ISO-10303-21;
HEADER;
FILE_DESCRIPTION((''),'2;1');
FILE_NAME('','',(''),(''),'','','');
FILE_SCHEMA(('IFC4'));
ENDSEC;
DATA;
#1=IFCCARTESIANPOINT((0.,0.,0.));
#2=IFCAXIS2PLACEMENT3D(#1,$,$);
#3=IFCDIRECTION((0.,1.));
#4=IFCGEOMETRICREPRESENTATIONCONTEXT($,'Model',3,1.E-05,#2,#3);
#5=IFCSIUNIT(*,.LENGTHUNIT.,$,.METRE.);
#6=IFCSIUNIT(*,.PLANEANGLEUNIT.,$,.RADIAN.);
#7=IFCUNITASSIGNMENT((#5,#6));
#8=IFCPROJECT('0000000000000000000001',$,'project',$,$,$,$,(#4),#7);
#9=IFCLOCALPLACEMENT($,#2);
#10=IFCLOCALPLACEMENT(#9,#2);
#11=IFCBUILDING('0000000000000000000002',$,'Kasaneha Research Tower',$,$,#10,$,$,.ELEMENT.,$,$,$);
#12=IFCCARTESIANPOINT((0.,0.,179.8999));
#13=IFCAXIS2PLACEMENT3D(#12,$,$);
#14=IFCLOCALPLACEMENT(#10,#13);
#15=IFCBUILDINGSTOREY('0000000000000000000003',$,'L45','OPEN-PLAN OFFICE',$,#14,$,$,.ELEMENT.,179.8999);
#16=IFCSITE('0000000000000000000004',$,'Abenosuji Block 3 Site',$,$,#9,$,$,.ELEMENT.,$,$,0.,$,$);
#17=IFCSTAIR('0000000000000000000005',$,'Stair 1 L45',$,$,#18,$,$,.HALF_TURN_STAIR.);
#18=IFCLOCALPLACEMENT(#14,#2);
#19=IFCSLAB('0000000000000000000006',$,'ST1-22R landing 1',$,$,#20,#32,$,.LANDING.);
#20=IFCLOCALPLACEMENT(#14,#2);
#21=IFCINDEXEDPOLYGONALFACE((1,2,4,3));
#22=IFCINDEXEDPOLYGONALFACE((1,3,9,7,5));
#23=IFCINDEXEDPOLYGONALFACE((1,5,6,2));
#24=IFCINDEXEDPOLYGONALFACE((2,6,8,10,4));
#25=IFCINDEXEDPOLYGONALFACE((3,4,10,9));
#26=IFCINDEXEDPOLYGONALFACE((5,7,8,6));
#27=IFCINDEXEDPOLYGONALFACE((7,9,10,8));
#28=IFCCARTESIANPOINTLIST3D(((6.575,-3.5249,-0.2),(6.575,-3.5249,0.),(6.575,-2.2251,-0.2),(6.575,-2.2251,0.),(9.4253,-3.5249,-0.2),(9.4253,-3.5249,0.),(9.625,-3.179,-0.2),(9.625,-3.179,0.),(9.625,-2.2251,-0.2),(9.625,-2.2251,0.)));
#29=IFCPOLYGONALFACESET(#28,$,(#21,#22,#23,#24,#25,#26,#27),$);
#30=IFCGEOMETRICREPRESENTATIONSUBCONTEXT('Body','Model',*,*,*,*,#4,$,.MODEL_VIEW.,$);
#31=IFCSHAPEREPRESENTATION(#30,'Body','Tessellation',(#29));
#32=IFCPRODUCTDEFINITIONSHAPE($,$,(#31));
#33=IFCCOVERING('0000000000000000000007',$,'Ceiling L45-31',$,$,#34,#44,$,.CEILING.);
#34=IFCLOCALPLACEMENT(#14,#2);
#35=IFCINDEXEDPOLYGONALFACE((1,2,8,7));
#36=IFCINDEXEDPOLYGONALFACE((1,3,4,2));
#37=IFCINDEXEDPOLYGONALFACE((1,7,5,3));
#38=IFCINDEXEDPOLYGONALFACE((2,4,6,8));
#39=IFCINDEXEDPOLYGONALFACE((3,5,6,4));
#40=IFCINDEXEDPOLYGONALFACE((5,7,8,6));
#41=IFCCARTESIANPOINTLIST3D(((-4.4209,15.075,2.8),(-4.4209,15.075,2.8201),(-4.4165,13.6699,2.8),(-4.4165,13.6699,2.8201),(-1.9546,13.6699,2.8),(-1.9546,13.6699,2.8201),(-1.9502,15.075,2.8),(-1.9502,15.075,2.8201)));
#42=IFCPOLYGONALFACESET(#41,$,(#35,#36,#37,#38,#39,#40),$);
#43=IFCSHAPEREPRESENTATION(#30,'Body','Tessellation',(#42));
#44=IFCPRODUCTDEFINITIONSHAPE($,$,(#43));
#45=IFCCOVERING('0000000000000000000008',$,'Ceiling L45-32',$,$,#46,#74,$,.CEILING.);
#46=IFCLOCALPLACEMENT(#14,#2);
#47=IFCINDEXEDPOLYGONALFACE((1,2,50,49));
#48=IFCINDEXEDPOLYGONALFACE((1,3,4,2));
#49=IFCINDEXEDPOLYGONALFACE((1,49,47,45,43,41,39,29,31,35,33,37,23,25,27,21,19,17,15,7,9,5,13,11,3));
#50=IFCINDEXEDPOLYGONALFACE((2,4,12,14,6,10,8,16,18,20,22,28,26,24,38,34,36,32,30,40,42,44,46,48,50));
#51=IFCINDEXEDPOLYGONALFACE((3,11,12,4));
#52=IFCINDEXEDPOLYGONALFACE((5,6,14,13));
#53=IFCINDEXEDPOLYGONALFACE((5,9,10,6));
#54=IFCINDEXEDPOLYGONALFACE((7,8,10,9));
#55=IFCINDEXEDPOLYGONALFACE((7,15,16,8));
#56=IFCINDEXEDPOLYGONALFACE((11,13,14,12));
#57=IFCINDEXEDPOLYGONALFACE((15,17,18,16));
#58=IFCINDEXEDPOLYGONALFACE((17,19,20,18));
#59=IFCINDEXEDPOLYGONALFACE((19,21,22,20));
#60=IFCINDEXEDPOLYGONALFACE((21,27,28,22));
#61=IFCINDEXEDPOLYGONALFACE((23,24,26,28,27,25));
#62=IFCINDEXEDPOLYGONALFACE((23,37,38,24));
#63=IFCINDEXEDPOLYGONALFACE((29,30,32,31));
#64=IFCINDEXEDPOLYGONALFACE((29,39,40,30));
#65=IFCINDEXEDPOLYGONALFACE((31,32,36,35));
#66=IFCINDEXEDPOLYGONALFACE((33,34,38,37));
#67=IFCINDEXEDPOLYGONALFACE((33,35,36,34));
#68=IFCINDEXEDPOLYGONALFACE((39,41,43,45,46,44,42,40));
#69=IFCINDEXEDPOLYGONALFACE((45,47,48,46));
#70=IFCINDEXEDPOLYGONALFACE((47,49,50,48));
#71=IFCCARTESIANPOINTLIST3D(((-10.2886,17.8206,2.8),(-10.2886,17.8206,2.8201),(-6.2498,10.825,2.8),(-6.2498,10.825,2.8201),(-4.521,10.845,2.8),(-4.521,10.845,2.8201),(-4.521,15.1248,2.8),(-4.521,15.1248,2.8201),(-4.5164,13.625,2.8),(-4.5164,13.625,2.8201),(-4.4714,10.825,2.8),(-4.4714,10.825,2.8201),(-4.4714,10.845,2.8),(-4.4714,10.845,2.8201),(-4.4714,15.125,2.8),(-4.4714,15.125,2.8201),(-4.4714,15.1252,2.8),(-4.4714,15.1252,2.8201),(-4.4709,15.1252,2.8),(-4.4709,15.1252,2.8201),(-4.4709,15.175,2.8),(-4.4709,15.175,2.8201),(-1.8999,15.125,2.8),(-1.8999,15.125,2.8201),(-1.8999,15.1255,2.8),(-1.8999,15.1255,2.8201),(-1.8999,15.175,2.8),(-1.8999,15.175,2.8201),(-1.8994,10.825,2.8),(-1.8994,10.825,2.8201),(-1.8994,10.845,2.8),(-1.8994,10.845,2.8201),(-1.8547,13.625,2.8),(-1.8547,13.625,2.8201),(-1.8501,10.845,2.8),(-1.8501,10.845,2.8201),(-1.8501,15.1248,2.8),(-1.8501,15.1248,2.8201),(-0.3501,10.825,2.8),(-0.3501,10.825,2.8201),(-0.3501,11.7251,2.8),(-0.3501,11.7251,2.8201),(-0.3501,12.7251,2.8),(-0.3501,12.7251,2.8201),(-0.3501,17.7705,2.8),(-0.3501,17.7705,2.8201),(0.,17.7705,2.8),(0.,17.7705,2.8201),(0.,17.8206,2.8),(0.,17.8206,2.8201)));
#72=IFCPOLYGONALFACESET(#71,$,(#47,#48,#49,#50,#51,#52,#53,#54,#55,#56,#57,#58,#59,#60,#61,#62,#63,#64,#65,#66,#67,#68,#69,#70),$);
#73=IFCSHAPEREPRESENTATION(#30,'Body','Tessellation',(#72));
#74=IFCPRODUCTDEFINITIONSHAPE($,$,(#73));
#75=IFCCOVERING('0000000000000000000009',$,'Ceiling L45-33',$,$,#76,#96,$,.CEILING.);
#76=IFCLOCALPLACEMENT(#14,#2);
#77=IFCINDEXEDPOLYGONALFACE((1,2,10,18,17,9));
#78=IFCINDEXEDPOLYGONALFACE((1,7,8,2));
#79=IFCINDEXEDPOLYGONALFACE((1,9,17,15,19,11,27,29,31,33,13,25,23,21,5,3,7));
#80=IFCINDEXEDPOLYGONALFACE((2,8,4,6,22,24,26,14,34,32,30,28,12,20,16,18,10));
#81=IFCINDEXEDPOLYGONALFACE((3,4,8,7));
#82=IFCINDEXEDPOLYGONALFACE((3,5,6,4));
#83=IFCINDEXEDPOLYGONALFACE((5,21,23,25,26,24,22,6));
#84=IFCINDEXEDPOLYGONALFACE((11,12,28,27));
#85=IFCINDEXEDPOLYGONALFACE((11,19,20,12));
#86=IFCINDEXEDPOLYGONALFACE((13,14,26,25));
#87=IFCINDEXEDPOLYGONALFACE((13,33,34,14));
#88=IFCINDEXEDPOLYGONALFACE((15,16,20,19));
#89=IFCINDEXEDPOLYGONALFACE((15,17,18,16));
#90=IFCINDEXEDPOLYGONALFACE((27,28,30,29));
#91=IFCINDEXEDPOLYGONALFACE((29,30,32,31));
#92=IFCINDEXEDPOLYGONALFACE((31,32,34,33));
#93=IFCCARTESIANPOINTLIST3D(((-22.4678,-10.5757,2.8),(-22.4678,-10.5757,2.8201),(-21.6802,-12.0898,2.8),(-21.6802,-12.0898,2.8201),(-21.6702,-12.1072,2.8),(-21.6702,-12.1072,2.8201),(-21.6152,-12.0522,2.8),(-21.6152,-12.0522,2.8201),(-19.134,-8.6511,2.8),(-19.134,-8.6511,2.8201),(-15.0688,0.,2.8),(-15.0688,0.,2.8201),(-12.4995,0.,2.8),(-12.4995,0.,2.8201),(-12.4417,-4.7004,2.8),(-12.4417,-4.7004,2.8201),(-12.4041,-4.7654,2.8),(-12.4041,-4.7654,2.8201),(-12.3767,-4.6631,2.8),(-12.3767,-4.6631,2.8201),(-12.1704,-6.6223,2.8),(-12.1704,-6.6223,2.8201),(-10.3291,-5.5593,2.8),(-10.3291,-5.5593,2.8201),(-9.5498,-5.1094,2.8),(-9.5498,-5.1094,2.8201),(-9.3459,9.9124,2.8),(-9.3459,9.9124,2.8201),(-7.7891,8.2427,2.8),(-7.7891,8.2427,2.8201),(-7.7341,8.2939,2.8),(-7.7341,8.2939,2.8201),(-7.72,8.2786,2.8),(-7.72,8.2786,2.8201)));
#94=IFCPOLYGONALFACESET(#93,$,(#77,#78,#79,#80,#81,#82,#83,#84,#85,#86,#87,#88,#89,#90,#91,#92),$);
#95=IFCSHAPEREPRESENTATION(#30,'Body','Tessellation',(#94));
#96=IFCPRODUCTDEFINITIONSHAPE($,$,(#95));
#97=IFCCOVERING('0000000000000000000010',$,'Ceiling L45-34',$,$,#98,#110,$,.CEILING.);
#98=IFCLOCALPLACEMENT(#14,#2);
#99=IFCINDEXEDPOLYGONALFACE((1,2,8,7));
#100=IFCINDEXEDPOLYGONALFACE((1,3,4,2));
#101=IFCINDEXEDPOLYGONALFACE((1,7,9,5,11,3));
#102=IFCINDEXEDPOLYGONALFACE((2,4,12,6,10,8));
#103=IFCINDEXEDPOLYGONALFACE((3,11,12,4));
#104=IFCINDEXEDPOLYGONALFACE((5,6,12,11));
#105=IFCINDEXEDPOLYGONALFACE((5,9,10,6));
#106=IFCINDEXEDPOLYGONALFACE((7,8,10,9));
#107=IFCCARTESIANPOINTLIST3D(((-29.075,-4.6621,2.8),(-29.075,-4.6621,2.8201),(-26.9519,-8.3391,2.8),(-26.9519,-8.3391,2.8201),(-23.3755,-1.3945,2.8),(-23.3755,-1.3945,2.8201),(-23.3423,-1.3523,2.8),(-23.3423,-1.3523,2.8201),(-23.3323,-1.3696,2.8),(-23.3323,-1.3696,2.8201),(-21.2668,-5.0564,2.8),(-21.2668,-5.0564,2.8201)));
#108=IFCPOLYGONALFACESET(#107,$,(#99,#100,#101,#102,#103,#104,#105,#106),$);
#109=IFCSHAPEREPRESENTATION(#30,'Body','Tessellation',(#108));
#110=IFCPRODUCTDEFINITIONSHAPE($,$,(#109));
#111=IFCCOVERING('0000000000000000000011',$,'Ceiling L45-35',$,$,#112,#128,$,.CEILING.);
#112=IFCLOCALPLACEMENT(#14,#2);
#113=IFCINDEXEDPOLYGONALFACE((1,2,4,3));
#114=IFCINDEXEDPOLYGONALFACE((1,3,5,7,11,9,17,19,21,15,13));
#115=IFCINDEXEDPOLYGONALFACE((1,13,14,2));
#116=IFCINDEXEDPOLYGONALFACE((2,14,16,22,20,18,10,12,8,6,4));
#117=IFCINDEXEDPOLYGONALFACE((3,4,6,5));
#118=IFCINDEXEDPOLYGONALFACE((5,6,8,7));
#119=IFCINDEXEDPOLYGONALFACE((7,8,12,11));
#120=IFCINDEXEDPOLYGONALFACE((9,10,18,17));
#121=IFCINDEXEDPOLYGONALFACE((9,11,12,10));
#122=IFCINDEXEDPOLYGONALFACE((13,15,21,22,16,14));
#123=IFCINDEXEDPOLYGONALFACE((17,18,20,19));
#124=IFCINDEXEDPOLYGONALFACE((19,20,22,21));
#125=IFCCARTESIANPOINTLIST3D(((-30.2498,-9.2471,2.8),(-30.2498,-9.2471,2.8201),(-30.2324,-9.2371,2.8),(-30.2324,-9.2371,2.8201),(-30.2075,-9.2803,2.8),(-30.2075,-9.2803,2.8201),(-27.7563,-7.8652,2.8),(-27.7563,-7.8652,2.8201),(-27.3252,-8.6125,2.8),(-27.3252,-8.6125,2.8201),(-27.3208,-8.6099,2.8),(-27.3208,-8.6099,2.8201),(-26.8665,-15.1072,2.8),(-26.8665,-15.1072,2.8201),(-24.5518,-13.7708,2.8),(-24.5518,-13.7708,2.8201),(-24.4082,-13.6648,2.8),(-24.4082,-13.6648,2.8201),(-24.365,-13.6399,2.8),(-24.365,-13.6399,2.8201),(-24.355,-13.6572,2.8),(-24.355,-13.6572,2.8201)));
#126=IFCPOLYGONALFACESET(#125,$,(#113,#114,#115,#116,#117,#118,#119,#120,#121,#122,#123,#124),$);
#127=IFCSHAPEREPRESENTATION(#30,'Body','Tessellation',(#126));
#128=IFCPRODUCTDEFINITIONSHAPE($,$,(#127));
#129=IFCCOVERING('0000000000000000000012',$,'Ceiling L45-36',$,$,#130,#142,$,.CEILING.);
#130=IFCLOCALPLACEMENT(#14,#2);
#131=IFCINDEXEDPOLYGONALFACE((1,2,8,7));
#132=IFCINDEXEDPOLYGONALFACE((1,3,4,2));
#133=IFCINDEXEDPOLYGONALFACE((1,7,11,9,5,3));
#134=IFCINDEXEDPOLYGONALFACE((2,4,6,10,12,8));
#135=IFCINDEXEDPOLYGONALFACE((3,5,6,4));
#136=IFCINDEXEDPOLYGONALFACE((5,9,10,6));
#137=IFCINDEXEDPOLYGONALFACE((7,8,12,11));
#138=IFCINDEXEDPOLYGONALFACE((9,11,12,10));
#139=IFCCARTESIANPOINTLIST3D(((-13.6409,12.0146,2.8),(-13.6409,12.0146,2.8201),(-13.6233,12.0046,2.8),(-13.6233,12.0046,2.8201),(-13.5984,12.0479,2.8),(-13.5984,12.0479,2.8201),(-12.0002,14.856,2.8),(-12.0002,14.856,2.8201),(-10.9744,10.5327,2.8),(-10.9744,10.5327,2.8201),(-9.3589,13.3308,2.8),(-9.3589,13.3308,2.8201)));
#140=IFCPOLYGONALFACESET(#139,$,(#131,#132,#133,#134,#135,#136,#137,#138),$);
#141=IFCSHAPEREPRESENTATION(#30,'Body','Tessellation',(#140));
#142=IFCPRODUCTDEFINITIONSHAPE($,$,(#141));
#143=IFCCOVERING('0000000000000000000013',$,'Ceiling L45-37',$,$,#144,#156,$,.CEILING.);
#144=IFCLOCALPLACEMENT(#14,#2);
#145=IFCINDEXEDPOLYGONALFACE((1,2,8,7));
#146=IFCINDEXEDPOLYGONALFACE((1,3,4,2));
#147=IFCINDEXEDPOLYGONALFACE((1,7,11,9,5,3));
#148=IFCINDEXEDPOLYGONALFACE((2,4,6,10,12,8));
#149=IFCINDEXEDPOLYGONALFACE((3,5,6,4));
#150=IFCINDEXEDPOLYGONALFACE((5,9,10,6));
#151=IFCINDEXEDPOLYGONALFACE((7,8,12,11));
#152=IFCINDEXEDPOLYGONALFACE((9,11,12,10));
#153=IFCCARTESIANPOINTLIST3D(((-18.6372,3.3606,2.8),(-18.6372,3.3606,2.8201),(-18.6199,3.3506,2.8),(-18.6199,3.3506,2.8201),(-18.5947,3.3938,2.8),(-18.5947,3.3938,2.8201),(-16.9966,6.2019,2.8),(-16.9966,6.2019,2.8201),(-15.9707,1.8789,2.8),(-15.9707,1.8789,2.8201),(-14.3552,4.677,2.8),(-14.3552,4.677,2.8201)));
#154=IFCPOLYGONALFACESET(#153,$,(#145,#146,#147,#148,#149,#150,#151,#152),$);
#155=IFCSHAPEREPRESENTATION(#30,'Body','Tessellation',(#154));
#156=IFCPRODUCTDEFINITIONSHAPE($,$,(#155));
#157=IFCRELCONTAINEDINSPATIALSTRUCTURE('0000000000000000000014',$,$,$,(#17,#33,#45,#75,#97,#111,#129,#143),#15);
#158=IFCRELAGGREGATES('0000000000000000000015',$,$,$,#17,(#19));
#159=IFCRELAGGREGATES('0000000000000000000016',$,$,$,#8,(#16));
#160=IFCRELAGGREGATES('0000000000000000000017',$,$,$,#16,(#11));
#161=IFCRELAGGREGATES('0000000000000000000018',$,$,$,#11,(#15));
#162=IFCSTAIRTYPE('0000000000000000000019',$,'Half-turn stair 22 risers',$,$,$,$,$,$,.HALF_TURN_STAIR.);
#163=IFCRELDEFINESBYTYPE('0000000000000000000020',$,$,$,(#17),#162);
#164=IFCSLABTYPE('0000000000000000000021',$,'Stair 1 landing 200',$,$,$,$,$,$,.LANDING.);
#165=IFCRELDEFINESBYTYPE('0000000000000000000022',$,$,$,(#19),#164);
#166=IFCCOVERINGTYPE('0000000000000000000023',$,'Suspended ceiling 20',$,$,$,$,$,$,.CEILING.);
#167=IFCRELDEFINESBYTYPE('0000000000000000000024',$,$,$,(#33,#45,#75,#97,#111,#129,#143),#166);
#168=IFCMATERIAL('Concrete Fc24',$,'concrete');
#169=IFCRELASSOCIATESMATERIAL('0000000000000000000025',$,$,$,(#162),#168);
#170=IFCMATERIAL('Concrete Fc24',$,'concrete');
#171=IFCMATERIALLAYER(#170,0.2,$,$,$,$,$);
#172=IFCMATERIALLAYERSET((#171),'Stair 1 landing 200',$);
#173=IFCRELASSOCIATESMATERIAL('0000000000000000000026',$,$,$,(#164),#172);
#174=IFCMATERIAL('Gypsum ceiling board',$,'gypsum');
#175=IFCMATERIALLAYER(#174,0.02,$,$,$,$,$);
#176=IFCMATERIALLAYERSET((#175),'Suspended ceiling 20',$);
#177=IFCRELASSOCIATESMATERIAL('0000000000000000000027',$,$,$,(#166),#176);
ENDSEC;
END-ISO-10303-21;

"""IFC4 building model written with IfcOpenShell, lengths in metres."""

from ifc_helpers import new_model, si_unit, direction, frame, origin, place, context, subcontext, project, spatial, polyline, outline, extrude, material, layer, layer_set, type_object, element, aggregate, save


model = new_model("IFC4")

# Units and contexts
model_context = context("Model", 3, precision=1e-05, world=origin(), true_north=direction((0.0, 1.0)))
body_context = subcontext(model_context, "Body", "Model", "MODEL_VIEW")
ifc_project = project(units=[si_unit("LENGTHUNIT", "METRE"), si_unit("PLANEANGLEUNIT", "RADIAN")], contexts=[model_context])

# Site, building, storey
site_placement = place(None, origin())
site = spatial("IfcSite", under=ifc_project, at=site_placement, Name="Abenosuji Block 3 Site", CompositionType="ELEMENT", RefElevation=0.0)
building_placement = place(site_placement, origin())
building = spatial("IfcBuilding", under=site, at=building_placement, Name="Kasaneha Research Tower", CompositionType="ELEMENT")
storey_placement = place(building_placement, frame((0.0, 0.0, 179.8999)))
storey = spatial("IfcBuildingStorey", under=building, at=storey_placement, Name="L45", Description="OPEN-PLAN OFFICE", CompositionType="ELEMENT", Elevation=179.8999)

# Stair, slab
ifc_material_1 = material(Name="Concrete Fc24", Category="concrete")
stair_type = type_object("IfcStairType", Name="Half-turn stair 22 risers", PredefinedType="HALF_TURN_STAIR", material=ifc_material_1)
stair_placement = place(storey_placement, origin())
stair = element("IfcStair", 1, at=stair_placement, inside=storey, type_object=stair_type, Name="Stair 1 L45", PredefinedType="HALF_TURN_STAIR")
ifc_material_2 = material(Name="Concrete Fc24", Category="concrete")
ifc_layer_1 = layer(ifc_material_2, 0.2)
ifc_layer_set_1 = layer_set([ifc_layer_1], Name="Stair 1 landing 200")
slab_type = type_object("IfcSlabType", Name="Stair 1 landing 200", PredefinedType="LANDING", material=ifc_layer_set_1)
slab_placement = place(storey_placement, frame((0.0, 0.0, -0.2)))
slab = element("IfcSlab", 2, at=slab_placement, type_object=slab_type, Name="ST1-22R landing 1", PredefinedType="LANDING", context=body_context, shape_type="SweptSolid", body=[
    extrude(outline(polyline([(9.4253, -3.5249), (6.575, -3.5249), (6.575, -2.2251), (9.625, -2.2251), (9.625, -3.179), (9.4253, -3.5249)])), origin(), (0.0, 0.0, 1.0), 0.2),
])
aggregate(stair, [slab])

# Coverings
ifc_material_3 = material(Name="Gypsum ceiling board", Category="gypsum")
ifc_layer_2 = layer(ifc_material_3, 0.02)
ifc_layer_set_2 = layer_set([ifc_layer_2], Name="Suspended ceiling 20")
covering_type_1 = type_object("IfcCoveringType", Name="Suspended ceiling 20", PredefinedType="CEILING", material=ifc_layer_set_2)
covering_1_placement = place(storey_placement, frame((0.0, 0.0, 2.8)))
element("IfcCovering", 3, at=covering_1_placement, inside=storey, type_object=covering_type_1, Name="Ceiling L45-31", PredefinedType="CEILING", context=body_context, shape_type="SweptSolid", body=[
    extrude(outline(polyline([(-1.9502, 15.075), (-1.9546, 13.6699), (-4.4165, 13.6699), (-4.4209, 15.075), (-1.9502, 15.075)])), origin(), (0.0, 0.0, 1.0), 0.02),
])
covering_2_placement = place(storey_placement, frame((0.0, 0.0, 2.8)))
element("IfcCovering", 4, at=covering_2_placement, inside=storey, type_object=covering_type_1, Name="Ceiling L45-32", PredefinedType="CEILING", context=body_context, shape_type="SweptSolid", body=[
    extrude(outline(polyline([(-0.3501, 11.7251), (-0.3501, 10.825), (-1.8994, 10.825), (-1.8994, 10.845), (-1.8501, 10.845), (-1.8547, 13.625), (-1.8501, 15.1248), (-1.8999, 15.125), (-1.8999, 15.1255), (-1.8999, 15.175), (-4.4709, 15.175), (-4.4709, 15.1252), (-4.4714, 15.1252), (-4.4714, 15.125), (-4.521, 15.1248), (-4.5164, 13.625), (-4.521, 10.845), (-4.4714, 10.845), (-4.4714, 10.825), (-6.2498, 10.825), (-10.2886, 17.8206), (0.0, 17.8206), (0.0, 17.7705), (-0.3501, 17.7705), (-0.3501, 17.7705), (-0.3501, 12.7251), (-0.3501, 11.7251)])), origin(), (0.0, 0.0, 1.0), 0.02),
])
covering_3_placement = place(storey_placement, frame((0.0, 0.0, 2.8)))
element("IfcCovering", 5, at=covering_3_placement, inside=storey, type_object=covering_type_1, Name="Ceiling L45-33", PredefinedType="CEILING", context=body_context, shape_type="SweptSolid", body=[
    extrude(outline(polyline([(-9.5498, -5.1094), (-10.3291, -5.5593), (-10.3291, -5.5593), (-12.1704, -6.6223), (-21.6702, -12.1072), (-21.6802, -12.0898), (-21.6152, -12.0522), (-22.4678, -10.5757), (-19.134, -8.6511), (-19.134, -8.6511), (-12.4041, -4.7654), (-12.4417, -4.7004), (-12.3767, -4.6631), (-15.0688, 0.0), (-9.3459, 9.9124), (-7.7891, 8.2427), (-7.7341, 8.2939), (-7.72, 8.2786), (-12.4995, 0.0), (-9.5498, -5.1094)])), origin(), (0.0, 0.0, 1.0), 0.02),
])
covering_4_placement = place(storey_placement, frame((0.0, 0.0, 2.8)))
element("IfcCovering", 6, at=covering_4_placement, inside=storey, type_object=covering_type_1, Name="Ceiling L45-34", PredefinedType="CEILING", context=body_context, shape_type="SweptSolid", body=[
    extrude(outline(polyline([(-23.3323, -1.3696), (-23.3755, -1.3945), (-21.2668, -5.0564), (-26.9519, -8.3391), (-29.075, -4.6621), (-23.3423, -1.3523), (-23.3323, -1.3696)])), origin(), (0.0, 0.0, 1.0), 0.02),
])
covering_5_placement = place(storey_placement, frame((0.0, 0.0, 2.8)))
element("IfcCovering", 7, at=covering_5_placement, inside=storey, type_object=covering_type_1, Name="Ceiling L45-35", PredefinedType="CEILING", context=body_context, shape_type="SweptSolid", body=[
    extrude(outline(polyline([(-30.2498, -9.2471), (-30.2324, -9.2371), (-30.2075, -9.2803), (-27.7563, -7.8652), (-27.3208, -8.6099), (-27.3252, -8.6125), (-24.4082, -13.6648), (-24.365, -13.6399), (-24.355, -13.6572), (-24.5518, -13.7708), (-26.8665, -15.1072), (-30.2498, -9.2471)])), origin(), (0.0, 0.0, 1.0), 0.02),
])
covering_6_placement = place(storey_placement, frame((0.0, 0.0, 2.8)))
element("IfcCovering", 8, at=covering_6_placement, inside=storey, type_object=covering_type_1, Name="Ceiling L45-36", PredefinedType="CEILING", context=body_context, shape_type="SweptSolid", body=[
    extrude(outline(polyline([(-12.0002, 14.856), (-9.3589, 13.3308), (-10.9744, 10.5327), (-13.5984, 12.0479), (-13.6233, 12.0046), (-13.6409, 12.0146), (-12.0002, 14.856)])), origin(), (0.0, 0.0, 1.0), 0.02),
])
covering_7_placement = place(storey_placement, frame((0.0, 0.0, 2.8)))
element("IfcCovering", 9, at=covering_7_placement, inside=storey, type_object=covering_type_1, Name="Ceiling L45-37", PredefinedType="CEILING", context=body_context, shape_type="SweptSolid", body=[
    extrude(outline(polyline([(-16.9966, 6.2019), (-14.3552, 4.677), (-15.9707, 1.8789), (-18.5947, 3.3938), (-18.6199, 3.3506), (-18.6372, 3.3606), (-16.9966, 6.2019)])), origin(), (0.0, 0.0, 1.0), 0.02),
])

save(model, "model.ifc")
